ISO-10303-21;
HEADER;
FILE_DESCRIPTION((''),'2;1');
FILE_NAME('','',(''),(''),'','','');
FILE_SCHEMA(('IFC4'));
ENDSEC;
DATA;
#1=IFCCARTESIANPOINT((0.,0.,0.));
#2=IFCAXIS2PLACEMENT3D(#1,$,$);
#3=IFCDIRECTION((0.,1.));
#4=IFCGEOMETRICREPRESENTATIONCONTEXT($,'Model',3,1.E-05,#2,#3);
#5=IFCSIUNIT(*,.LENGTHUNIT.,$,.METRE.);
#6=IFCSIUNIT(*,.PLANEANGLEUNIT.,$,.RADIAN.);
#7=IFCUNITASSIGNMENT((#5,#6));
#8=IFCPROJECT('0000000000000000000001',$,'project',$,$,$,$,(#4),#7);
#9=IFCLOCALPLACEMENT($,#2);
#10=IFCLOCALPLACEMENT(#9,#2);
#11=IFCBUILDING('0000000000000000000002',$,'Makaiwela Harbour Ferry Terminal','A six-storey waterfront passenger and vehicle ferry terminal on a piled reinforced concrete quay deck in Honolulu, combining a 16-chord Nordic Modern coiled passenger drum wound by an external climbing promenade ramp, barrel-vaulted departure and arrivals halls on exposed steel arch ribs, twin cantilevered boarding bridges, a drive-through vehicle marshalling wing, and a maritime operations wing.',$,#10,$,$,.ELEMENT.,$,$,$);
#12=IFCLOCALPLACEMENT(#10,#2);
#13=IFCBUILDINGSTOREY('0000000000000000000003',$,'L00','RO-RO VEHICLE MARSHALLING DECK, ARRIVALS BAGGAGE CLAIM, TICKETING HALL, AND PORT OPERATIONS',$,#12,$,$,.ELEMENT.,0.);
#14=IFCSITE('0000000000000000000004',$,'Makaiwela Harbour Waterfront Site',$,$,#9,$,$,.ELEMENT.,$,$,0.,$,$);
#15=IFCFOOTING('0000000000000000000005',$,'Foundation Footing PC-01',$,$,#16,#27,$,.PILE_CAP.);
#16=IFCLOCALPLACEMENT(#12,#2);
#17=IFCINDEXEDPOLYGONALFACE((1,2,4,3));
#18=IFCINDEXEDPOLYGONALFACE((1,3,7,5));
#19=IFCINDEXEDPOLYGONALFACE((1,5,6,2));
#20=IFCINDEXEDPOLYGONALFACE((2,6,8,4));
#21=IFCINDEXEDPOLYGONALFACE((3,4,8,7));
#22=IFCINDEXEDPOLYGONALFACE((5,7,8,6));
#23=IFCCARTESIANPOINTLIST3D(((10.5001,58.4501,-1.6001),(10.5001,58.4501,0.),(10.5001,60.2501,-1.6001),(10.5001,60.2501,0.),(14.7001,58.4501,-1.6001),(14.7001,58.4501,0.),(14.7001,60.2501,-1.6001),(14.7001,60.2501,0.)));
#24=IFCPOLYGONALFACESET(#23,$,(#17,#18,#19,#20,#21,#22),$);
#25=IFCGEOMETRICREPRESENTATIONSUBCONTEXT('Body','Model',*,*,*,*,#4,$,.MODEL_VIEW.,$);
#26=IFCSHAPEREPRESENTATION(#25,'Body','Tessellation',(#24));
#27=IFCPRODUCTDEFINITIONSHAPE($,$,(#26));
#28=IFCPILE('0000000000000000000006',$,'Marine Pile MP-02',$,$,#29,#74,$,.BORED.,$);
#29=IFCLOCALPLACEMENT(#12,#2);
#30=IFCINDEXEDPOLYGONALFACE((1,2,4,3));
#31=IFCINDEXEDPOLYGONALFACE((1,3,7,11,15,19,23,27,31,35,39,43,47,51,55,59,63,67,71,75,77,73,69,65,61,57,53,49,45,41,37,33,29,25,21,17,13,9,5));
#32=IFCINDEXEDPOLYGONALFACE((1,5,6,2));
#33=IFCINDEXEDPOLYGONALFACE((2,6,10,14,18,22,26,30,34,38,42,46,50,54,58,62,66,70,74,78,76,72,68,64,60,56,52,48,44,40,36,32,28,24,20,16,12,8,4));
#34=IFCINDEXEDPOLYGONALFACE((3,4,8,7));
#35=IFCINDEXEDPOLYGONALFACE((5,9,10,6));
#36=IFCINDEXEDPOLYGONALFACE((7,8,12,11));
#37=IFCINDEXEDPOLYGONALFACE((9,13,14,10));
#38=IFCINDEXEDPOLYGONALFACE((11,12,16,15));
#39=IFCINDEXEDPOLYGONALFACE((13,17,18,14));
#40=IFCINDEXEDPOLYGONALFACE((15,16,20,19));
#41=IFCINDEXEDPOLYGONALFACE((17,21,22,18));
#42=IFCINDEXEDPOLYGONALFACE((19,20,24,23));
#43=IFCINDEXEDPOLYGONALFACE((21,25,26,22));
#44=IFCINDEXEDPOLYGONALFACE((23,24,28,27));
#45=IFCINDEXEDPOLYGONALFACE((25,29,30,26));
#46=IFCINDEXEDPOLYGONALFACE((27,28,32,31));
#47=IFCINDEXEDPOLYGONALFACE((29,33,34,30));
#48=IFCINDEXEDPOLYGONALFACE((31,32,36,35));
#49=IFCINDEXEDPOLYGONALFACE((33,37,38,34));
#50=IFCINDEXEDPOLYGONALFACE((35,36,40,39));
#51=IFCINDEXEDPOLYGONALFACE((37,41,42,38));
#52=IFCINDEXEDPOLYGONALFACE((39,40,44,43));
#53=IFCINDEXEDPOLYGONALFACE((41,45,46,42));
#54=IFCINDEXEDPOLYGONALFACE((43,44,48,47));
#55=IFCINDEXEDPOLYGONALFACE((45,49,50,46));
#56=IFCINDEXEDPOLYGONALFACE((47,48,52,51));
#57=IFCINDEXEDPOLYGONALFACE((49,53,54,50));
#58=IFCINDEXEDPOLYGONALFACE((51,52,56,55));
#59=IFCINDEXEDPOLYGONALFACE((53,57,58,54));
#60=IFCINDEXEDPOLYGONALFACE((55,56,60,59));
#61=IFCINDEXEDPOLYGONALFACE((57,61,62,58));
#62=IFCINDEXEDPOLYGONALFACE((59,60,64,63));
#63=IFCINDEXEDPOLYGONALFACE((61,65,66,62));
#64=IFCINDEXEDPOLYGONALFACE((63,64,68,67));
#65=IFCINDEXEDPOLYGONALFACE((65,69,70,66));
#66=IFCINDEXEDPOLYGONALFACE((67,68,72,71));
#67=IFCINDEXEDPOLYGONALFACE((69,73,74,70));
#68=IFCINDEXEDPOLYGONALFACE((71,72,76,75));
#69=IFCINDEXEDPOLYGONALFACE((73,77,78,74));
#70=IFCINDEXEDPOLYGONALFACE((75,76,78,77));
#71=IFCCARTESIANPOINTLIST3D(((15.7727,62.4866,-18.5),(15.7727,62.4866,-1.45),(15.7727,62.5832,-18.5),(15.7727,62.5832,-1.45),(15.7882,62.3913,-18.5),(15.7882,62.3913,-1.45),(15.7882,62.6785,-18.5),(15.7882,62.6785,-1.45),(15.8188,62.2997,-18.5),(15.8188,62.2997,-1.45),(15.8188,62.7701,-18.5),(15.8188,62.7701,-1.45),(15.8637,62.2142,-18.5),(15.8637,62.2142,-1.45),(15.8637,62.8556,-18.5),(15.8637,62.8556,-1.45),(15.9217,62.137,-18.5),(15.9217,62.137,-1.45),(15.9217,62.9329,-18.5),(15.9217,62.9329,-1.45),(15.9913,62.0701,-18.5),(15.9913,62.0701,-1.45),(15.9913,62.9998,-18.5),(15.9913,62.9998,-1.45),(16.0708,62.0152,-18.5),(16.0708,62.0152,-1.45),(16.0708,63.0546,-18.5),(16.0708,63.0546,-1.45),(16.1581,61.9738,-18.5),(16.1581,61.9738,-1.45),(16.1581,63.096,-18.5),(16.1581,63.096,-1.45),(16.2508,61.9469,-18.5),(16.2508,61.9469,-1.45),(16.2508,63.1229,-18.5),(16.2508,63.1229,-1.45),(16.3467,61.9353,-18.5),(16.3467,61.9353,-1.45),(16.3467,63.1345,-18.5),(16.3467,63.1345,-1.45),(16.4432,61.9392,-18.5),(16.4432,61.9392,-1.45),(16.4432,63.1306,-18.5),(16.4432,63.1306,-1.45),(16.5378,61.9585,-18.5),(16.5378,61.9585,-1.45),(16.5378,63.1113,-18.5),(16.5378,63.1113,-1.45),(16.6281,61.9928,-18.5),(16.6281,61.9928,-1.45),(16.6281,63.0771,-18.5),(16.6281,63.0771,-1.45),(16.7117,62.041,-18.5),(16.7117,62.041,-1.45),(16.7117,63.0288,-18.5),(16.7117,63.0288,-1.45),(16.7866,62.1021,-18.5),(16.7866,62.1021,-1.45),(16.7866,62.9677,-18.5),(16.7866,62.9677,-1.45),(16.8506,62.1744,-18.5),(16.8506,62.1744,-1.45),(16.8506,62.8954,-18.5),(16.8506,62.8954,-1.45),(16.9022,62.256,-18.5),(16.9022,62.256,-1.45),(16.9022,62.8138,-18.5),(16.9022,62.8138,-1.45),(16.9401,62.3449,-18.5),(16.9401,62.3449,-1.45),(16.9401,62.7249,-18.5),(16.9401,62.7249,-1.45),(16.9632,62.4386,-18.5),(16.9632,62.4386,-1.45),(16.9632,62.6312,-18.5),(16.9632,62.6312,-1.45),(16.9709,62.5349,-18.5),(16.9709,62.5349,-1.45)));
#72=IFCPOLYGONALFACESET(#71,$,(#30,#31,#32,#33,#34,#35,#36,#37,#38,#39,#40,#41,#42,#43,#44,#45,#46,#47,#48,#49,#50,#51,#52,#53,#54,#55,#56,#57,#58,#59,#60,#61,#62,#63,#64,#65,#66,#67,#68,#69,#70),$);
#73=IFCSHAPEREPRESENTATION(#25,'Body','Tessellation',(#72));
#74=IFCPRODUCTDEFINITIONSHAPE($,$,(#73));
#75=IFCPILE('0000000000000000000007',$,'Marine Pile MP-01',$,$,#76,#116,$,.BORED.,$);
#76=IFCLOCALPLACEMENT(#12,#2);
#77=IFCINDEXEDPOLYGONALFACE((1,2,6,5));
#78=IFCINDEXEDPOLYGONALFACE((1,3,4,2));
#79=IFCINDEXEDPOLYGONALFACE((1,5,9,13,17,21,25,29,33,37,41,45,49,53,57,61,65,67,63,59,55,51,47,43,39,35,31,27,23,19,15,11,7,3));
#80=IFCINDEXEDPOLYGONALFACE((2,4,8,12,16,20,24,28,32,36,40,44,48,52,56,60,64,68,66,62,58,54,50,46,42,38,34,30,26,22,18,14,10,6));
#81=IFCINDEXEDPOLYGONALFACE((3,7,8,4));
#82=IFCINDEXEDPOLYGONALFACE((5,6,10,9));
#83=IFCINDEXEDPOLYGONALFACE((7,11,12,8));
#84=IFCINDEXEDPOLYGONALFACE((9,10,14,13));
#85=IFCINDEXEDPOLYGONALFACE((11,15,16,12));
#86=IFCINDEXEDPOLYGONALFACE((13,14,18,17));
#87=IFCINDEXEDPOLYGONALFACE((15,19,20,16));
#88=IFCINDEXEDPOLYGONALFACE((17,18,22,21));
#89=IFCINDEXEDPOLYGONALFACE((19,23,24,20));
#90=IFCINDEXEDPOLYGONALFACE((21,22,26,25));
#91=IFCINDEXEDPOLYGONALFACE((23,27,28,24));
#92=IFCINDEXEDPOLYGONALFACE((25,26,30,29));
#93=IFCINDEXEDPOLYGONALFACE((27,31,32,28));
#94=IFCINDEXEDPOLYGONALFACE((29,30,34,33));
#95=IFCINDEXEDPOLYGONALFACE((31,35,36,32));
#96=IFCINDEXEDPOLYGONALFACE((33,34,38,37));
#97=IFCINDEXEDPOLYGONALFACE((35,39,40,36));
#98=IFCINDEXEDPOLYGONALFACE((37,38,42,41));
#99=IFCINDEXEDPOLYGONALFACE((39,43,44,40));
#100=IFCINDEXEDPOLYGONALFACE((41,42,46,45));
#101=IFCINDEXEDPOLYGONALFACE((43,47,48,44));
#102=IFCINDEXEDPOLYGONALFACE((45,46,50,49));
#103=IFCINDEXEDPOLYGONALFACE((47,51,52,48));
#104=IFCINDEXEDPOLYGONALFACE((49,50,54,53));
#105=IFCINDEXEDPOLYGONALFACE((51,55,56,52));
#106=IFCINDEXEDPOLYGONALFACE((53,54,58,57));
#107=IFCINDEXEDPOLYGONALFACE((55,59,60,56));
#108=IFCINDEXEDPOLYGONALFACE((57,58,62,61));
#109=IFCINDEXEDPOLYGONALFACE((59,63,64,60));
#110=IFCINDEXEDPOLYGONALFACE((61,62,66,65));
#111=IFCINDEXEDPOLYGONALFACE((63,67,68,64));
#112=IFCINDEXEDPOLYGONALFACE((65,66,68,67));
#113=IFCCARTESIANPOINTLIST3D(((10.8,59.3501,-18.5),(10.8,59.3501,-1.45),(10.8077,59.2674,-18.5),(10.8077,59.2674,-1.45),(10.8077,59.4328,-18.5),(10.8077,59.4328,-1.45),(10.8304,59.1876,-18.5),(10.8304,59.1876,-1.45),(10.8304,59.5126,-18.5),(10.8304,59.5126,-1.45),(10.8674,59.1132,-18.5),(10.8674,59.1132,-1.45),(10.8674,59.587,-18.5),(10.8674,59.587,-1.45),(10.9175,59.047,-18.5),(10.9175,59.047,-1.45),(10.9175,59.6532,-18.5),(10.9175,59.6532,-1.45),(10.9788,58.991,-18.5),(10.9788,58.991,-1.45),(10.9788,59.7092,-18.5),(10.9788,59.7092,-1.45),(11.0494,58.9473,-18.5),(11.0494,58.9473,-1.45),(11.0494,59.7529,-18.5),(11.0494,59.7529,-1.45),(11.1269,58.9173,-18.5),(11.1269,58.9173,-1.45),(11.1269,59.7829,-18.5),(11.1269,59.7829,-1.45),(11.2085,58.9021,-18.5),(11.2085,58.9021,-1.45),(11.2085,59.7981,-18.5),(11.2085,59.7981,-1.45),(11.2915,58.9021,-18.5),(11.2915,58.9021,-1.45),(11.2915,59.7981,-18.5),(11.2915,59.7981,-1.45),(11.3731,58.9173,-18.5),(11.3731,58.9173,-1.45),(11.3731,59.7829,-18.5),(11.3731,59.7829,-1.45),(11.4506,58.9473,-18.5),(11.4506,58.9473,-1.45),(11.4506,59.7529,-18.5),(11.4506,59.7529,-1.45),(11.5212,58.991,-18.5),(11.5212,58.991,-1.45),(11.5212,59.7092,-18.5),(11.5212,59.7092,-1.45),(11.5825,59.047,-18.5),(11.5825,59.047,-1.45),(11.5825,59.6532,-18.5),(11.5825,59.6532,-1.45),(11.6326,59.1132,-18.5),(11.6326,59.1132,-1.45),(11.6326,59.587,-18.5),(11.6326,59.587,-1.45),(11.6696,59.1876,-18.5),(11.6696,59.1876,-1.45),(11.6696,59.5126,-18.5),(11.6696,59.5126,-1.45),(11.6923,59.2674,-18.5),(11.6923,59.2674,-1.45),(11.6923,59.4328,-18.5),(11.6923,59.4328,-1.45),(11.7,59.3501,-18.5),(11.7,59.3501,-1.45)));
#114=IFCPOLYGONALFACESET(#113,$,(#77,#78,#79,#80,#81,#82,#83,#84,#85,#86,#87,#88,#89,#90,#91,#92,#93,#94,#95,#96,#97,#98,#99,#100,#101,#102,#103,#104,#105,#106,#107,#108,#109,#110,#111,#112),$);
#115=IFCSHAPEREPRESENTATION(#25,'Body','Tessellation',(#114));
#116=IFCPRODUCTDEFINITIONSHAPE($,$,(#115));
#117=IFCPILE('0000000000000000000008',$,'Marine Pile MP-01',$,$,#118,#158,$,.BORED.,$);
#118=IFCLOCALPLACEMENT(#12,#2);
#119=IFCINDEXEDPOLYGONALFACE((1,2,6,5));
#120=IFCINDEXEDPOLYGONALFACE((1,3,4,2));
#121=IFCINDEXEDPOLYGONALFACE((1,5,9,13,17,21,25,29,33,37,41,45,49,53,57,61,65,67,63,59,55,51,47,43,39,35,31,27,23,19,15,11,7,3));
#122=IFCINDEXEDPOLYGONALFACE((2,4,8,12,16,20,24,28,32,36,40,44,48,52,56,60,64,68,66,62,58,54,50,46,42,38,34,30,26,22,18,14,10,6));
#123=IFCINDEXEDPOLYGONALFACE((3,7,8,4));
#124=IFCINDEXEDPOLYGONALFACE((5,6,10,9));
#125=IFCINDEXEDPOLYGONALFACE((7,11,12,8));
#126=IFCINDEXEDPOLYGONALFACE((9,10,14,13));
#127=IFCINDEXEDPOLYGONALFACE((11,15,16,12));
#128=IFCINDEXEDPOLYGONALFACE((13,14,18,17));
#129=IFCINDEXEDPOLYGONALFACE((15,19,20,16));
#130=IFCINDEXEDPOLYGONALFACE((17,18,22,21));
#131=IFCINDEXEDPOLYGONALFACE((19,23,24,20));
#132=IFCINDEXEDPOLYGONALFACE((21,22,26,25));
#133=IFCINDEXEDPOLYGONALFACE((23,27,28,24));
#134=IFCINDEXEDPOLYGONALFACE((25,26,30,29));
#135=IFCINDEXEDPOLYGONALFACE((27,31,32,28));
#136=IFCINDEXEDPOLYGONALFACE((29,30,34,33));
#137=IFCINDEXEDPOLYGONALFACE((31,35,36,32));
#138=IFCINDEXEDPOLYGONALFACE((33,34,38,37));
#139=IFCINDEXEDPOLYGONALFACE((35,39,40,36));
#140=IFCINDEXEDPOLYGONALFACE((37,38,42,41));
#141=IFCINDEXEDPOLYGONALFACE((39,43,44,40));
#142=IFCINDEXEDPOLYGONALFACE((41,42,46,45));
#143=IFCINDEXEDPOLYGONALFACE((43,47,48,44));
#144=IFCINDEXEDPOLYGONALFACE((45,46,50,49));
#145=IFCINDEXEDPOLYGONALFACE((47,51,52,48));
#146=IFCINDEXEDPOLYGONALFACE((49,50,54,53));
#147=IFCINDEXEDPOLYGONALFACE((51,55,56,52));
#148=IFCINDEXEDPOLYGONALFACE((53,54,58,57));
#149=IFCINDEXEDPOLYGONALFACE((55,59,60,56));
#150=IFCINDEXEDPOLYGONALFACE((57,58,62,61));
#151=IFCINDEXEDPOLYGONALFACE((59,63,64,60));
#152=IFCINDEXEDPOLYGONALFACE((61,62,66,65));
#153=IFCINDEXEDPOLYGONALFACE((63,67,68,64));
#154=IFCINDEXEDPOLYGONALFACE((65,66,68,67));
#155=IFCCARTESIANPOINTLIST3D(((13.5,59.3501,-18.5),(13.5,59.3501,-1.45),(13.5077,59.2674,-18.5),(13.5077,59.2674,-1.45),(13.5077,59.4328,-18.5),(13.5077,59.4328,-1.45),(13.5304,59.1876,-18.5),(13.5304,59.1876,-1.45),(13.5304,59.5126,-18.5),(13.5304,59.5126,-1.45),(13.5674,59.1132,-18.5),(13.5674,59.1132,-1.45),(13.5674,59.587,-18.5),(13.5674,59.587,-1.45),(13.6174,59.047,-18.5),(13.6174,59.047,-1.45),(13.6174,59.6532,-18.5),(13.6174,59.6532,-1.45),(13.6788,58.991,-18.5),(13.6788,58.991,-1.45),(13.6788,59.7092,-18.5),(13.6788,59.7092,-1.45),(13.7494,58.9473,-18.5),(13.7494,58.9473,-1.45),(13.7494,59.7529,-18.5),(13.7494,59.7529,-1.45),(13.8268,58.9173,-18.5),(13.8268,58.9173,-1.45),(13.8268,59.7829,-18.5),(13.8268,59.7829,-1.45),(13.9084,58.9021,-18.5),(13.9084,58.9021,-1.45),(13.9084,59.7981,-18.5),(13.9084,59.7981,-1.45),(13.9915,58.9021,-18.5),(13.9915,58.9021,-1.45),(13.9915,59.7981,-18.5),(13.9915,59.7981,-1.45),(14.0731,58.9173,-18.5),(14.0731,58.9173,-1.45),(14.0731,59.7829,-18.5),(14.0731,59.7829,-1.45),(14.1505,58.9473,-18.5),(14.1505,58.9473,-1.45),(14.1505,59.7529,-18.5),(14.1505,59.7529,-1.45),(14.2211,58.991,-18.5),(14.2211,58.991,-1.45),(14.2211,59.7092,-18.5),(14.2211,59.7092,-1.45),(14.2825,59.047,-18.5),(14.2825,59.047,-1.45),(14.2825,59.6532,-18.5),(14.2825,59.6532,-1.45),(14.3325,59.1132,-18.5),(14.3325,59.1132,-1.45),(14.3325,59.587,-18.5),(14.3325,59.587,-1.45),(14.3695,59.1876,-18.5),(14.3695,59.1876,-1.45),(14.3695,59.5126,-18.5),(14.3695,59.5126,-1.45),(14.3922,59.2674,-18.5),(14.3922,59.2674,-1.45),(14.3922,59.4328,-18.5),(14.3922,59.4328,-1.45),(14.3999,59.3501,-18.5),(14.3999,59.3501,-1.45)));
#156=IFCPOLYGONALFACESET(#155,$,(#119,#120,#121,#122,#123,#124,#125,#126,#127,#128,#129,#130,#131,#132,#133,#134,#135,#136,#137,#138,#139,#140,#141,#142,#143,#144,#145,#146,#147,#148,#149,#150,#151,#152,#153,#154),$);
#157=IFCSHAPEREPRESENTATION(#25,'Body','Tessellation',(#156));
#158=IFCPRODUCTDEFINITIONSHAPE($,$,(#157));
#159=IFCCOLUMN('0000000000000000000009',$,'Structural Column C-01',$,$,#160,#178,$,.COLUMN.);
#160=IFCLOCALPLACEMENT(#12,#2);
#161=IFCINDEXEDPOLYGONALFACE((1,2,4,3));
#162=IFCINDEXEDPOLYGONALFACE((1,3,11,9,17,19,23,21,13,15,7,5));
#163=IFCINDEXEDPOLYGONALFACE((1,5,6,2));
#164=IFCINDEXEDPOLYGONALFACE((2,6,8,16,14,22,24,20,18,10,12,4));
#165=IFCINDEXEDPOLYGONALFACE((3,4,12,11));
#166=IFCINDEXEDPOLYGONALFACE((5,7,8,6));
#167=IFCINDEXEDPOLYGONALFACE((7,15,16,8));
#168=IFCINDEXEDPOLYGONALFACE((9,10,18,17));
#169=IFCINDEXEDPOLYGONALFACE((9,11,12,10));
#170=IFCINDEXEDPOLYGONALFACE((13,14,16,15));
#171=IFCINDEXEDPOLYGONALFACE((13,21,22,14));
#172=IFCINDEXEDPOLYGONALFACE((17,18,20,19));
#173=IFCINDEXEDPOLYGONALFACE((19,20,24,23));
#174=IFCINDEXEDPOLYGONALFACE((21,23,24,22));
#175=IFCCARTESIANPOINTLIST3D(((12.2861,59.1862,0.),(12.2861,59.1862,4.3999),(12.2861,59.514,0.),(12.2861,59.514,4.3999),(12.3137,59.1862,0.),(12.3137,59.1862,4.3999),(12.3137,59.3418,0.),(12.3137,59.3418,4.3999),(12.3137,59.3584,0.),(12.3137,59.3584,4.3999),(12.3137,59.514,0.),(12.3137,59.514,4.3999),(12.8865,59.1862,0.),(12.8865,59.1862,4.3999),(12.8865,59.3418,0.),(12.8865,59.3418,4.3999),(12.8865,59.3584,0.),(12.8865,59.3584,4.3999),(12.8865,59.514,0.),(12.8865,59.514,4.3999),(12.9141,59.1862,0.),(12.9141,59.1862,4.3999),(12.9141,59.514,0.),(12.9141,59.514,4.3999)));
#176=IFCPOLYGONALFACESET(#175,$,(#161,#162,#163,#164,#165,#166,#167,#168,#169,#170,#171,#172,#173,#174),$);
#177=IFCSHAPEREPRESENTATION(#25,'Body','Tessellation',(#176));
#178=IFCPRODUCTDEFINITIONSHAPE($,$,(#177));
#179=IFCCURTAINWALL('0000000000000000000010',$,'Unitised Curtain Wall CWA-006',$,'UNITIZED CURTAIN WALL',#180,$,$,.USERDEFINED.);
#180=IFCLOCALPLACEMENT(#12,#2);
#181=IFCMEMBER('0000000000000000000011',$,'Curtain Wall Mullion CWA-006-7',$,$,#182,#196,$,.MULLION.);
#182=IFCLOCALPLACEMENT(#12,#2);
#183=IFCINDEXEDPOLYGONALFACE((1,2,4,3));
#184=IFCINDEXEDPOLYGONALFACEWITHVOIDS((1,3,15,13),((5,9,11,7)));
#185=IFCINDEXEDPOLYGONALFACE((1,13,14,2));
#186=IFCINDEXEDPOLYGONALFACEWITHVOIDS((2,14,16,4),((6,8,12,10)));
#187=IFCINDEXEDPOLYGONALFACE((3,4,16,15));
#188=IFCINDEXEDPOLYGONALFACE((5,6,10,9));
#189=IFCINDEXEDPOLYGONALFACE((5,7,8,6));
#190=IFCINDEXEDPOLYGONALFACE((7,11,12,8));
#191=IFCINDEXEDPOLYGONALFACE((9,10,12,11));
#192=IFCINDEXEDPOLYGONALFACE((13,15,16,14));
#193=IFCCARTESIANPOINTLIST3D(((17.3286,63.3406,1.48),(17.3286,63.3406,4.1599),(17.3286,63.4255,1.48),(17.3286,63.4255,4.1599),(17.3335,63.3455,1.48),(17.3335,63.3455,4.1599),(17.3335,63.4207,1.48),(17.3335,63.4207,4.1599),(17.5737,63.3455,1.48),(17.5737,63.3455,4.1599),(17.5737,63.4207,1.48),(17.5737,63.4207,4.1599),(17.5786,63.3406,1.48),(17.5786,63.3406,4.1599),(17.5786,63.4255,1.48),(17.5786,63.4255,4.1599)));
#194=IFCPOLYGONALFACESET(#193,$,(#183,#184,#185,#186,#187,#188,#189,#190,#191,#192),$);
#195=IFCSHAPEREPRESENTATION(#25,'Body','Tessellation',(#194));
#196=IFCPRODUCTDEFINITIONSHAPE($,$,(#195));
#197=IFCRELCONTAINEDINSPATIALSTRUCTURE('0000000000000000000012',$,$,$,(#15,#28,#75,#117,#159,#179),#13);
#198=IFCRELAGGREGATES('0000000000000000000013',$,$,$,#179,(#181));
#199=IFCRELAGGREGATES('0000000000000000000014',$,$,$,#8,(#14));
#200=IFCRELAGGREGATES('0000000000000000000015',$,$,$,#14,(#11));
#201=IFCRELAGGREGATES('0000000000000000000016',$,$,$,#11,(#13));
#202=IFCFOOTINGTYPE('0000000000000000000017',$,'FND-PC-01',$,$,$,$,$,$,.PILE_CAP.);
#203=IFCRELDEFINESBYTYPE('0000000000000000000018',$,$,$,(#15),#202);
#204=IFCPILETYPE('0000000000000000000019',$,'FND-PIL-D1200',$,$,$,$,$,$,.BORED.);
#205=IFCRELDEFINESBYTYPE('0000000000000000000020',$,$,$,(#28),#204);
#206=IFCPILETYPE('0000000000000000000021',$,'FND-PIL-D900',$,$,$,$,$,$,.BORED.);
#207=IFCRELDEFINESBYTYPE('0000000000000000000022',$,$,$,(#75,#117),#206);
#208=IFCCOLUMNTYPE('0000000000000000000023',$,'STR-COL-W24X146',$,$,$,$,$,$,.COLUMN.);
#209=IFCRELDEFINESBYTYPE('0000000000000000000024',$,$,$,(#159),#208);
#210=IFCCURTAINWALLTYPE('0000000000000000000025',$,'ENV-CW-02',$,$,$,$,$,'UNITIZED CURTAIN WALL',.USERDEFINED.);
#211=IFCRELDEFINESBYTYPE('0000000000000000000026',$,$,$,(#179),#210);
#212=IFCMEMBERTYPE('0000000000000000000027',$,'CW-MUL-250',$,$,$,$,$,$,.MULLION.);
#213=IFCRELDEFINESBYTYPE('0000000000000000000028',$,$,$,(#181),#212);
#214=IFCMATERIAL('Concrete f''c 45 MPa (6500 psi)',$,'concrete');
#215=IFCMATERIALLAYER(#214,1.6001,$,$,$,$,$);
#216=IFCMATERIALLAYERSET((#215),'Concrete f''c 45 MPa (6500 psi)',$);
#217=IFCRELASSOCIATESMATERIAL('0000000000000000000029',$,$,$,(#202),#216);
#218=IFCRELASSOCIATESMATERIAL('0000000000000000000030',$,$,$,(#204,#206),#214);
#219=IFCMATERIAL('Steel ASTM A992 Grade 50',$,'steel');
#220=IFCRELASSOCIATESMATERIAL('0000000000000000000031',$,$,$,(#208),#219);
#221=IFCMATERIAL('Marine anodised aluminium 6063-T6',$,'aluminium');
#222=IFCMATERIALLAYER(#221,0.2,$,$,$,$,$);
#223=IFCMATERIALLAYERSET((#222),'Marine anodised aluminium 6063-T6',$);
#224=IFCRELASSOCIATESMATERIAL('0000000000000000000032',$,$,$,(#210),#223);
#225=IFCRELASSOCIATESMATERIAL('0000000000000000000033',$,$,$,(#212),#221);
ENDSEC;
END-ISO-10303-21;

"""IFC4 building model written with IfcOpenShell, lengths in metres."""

from ifc_helpers import new_model, si_unit, direction, frame, origin, origin_2d, place, context, subcontext, project, spatial, rectangle, hollow_rectangle, circle, i_section, extrude, material, layer, layer_set, material_profile, profile_set, type_object, element, aggregate, save


model = new_model("IFC4")

# Units and contexts
model_context = context("Model", 3, precision=1e-05, world=origin(), true_north=direction((0.0, 1.0)))
body_context = subcontext(model_context, "Body", "Model", "MODEL_VIEW")
ifc_project = project(units=[si_unit("LENGTHUNIT", "METRE"), si_unit("PLANEANGLEUNIT", "RADIAN")], contexts=[model_context])

# Site, building, storey
site_placement = place(None, origin())
site = spatial("IfcSite", under=ifc_project, at=site_placement, Name="Makaiwela Harbour Waterfront Site", CompositionType="ELEMENT", RefElevation=0.0)
building_placement = place(site_placement, origin())
building = spatial("IfcBuilding", under=site, at=building_placement, Name="Makaiwela Harbour Ferry Terminal", Description="A six-storey waterfront passenger and vehicle ferry terminal on a piled reinforced concrete quay deck in Honolulu, combining a 16-chord Nordic Modern coiled passenger drum wound by an external climbing promenade ramp, barrel-vaulted departure and arrivals halls on exposed steel arch ribs, twin cantilevered boarding bridges, a drive-through vehicle marshalling wing, and a maritime operations wing.", CompositionType="ELEMENT")
storey_placement = place(building_placement, origin())
storey = spatial("IfcBuildingStorey", under=building, at=storey_placement, Name="L00", Description="RO-RO VEHICLE MARSHALLING DECK, ARRIVALS BAGGAGE CLAIM, TICKETING HALL, AND PORT OPERATIONS", CompositionType="ELEMENT", Elevation=0.0)

# Footing
ifc_material_1 = material(Name="Concrete f'c 45 MPa (6500 psi)", Category="concrete")
ifc_layer_1 = layer(ifc_material_1, 1.6001)
ifc_layer_set_1 = layer_set([ifc_layer_1], Name="Concrete f'c 45 MPa (6500 psi)")
footing_type = type_object("IfcFootingType", Name="FND-PC-01", PredefinedType="PILE_CAP", material=ifc_layer_set_1)
footing_placement = place(storey_placement, frame((12.6001, 59.3501, -1.6001), z_axis=(0.0, 0.0, 1.0), x_axis=(1.0, 0.0, 0.0)))
element("IfcFooting", 1, at=footing_placement, inside=storey, type_object=footing_type, Name="Foundation Footing PC-01", PredefinedType="PILE_CAP", context=body_context, shape_type="SweptSolid", body=[
    extrude(rectangle(XDim=4.2, YDim=1.8, at=origin_2d()), origin(), (0.0, 0.0, 1.0), 1.6001),
])

# Piles
ifc_material_profile_1 = material_profile(ifc_material_1, circle(Radius=0.6001, at=origin_2d()), Name="PILE-D1200")
ifc_profile_set_1 = profile_set([ifc_material_profile_1], Name="Concrete f'c 45 MPa (6500 psi)")
pile_type_1 = type_object("IfcPileType", Name="FND-PIL-D1200", PredefinedType="BORED", material=ifc_profile_set_1)
pile_placement = place(storey_placement, frame((16.3708, 62.5349, -1.45), z_axis=(0.0, 0.0, -1.0), x_axis=(1.0, 0.0, 0.0)))
element("IfcPile", 2, at=pile_placement, inside=storey, type_object=pile_type_1, Name="Marine Pile MP-02", PredefinedType="BORED", context=body_context, shape_type="SweptSolid", body=[
    extrude(circle(Radius=0.6001, at=origin_2d()), origin(), (0.0, 0.0, 1.0), 17.05),
])
ifc_material_profile_2 = material_profile(ifc_material_1, circle(Radius=0.45, at=origin_2d()), Name="PILE-D900")
ifc_profile_set_2 = profile_set([ifc_material_profile_2], Name="Concrete f'c 45 MPa (6500 psi)")
pile_type_2 = type_object("IfcPileType", Name="FND-PIL-D900", PredefinedType="BORED", material=ifc_profile_set_2)
for number, where, z_axis, x_axis, name in (
    (3, (11.25, 59.3501, -1.45), (0.0, 0.0, -1.0), (1.0, 0.0, 0.0), "Marine Pile MP-01"),
    (4, (13.95, 59.3501, -1.45), (0.0, 0.0, -1.0), (1.0, 0.0, 0.0), "Marine Pile MP-01"),
):
    element("IfcPile", number, at=place(storey_placement, frame(where, z_axis=z_axis, x_axis=x_axis)), inside=storey, type_object=pile_type_2, Name=name, PredefinedType="BORED", context=body_context, shape_type="SweptSolid", body=[
        extrude(circle(Radius=0.45, at=origin_2d()), origin(), (0.0, 0.0, 1.0), 17.05),
    ])

# Column
ifc_material_2 = material(Name="Steel ASTM A992 Grade 50", Category="steel")
ifc_material_profile_3 = material_profile(ifc_material_2, i_section(OverallWidth=0.3279, OverallDepth=0.6279, WebThickness=0.0166, FlangeThickness=0.0276, at=origin_2d()), Name="W24X146")
ifc_profile_set_3 = profile_set([ifc_material_profile_3], Name="Steel ASTM A992 Grade 50")
column_type = type_object("IfcColumnType", Name="STR-COL-W24X146", PredefinedType="COLUMN", material=ifc_profile_set_3)
column_placement = place(storey_placement, frame((12.6001, 59.3501, 0.0), z_axis=(0.0, 0.0, 1.0), x_axis=(0.0, 1.0, 0.0)))
element("IfcColumn", 5, at=column_placement, inside=storey, type_object=column_type, Name="Structural Column C-01", PredefinedType="COLUMN", context=body_context, shape_type="SweptSolid", body=[
    extrude(i_section(OverallWidth=0.3279, OverallDepth=0.6279, WebThickness=0.0166, FlangeThickness=0.0276, at=origin_2d()), origin(), (0.0, 0.0, 1.0), 4.3999),
])

# Curtain wall, member
ifc_material_3 = material(Name="Marine anodised aluminium 6063-T6", Category="aluminium")
ifc_layer_2 = layer(ifc_material_3, 0.2)
ifc_layer_set_2 = layer_set([ifc_layer_2], Name="Marine anodised aluminium 6063-T6")
curtain_wall_type = type_object("IfcCurtainWallType", Name="ENV-CW-02", ElementType="UNITIZED CURTAIN WALL", PredefinedType="USERDEFINED", material=ifc_layer_set_2)
curtain_wall_1_placement = place(storey_placement, origin())
curtain_wall_1 = element("IfcCurtainWall", 6, at=curtain_wall_1_placement, inside=storey, type_object=curtain_wall_type, Name="Unitised Curtain Wall CWA-006", ObjectType="UNITIZED CURTAIN WALL", PredefinedType="USERDEFINED")
ifc_material_profile_4 = material_profile(ifc_material_3, hollow_rectangle(XDim=0.085, YDim=0.25, WallThickness=0.0049, at=origin_2d()), Name="CWM-250X85")
ifc_profile_set_4 = profile_set([ifc_material_profile_4], Name="Marine anodised aluminium 6063-T6")
member_type_1 = type_object("IfcMemberType", Name="CW-MUL-250", PredefinedType="MULLION", material=ifc_profile_set_4)
member_1_placement = place(storey_placement, frame((17.4536, 63.3831, 1.48), z_axis=(0.0, 0.0, 1.0), x_axis=(0.0, 1.0, 0.0)))
member_1 = element("IfcMember", 7, at=member_1_placement, type_object=member_type_1, Name="Curtain Wall Mullion CWA-006-7", PredefinedType="MULLION", context=body_context, shape_type="SweptSolid", body=[
    extrude(hollow_rectangle(XDim=0.085, YDim=0.25, WallThickness=0.0049, at=origin_2d()), origin(), (0.0, 0.0, 1.0), 2.6799),
])

aggregate(curtain_wall_1, [member_1])

save(model, "model.ifc")
